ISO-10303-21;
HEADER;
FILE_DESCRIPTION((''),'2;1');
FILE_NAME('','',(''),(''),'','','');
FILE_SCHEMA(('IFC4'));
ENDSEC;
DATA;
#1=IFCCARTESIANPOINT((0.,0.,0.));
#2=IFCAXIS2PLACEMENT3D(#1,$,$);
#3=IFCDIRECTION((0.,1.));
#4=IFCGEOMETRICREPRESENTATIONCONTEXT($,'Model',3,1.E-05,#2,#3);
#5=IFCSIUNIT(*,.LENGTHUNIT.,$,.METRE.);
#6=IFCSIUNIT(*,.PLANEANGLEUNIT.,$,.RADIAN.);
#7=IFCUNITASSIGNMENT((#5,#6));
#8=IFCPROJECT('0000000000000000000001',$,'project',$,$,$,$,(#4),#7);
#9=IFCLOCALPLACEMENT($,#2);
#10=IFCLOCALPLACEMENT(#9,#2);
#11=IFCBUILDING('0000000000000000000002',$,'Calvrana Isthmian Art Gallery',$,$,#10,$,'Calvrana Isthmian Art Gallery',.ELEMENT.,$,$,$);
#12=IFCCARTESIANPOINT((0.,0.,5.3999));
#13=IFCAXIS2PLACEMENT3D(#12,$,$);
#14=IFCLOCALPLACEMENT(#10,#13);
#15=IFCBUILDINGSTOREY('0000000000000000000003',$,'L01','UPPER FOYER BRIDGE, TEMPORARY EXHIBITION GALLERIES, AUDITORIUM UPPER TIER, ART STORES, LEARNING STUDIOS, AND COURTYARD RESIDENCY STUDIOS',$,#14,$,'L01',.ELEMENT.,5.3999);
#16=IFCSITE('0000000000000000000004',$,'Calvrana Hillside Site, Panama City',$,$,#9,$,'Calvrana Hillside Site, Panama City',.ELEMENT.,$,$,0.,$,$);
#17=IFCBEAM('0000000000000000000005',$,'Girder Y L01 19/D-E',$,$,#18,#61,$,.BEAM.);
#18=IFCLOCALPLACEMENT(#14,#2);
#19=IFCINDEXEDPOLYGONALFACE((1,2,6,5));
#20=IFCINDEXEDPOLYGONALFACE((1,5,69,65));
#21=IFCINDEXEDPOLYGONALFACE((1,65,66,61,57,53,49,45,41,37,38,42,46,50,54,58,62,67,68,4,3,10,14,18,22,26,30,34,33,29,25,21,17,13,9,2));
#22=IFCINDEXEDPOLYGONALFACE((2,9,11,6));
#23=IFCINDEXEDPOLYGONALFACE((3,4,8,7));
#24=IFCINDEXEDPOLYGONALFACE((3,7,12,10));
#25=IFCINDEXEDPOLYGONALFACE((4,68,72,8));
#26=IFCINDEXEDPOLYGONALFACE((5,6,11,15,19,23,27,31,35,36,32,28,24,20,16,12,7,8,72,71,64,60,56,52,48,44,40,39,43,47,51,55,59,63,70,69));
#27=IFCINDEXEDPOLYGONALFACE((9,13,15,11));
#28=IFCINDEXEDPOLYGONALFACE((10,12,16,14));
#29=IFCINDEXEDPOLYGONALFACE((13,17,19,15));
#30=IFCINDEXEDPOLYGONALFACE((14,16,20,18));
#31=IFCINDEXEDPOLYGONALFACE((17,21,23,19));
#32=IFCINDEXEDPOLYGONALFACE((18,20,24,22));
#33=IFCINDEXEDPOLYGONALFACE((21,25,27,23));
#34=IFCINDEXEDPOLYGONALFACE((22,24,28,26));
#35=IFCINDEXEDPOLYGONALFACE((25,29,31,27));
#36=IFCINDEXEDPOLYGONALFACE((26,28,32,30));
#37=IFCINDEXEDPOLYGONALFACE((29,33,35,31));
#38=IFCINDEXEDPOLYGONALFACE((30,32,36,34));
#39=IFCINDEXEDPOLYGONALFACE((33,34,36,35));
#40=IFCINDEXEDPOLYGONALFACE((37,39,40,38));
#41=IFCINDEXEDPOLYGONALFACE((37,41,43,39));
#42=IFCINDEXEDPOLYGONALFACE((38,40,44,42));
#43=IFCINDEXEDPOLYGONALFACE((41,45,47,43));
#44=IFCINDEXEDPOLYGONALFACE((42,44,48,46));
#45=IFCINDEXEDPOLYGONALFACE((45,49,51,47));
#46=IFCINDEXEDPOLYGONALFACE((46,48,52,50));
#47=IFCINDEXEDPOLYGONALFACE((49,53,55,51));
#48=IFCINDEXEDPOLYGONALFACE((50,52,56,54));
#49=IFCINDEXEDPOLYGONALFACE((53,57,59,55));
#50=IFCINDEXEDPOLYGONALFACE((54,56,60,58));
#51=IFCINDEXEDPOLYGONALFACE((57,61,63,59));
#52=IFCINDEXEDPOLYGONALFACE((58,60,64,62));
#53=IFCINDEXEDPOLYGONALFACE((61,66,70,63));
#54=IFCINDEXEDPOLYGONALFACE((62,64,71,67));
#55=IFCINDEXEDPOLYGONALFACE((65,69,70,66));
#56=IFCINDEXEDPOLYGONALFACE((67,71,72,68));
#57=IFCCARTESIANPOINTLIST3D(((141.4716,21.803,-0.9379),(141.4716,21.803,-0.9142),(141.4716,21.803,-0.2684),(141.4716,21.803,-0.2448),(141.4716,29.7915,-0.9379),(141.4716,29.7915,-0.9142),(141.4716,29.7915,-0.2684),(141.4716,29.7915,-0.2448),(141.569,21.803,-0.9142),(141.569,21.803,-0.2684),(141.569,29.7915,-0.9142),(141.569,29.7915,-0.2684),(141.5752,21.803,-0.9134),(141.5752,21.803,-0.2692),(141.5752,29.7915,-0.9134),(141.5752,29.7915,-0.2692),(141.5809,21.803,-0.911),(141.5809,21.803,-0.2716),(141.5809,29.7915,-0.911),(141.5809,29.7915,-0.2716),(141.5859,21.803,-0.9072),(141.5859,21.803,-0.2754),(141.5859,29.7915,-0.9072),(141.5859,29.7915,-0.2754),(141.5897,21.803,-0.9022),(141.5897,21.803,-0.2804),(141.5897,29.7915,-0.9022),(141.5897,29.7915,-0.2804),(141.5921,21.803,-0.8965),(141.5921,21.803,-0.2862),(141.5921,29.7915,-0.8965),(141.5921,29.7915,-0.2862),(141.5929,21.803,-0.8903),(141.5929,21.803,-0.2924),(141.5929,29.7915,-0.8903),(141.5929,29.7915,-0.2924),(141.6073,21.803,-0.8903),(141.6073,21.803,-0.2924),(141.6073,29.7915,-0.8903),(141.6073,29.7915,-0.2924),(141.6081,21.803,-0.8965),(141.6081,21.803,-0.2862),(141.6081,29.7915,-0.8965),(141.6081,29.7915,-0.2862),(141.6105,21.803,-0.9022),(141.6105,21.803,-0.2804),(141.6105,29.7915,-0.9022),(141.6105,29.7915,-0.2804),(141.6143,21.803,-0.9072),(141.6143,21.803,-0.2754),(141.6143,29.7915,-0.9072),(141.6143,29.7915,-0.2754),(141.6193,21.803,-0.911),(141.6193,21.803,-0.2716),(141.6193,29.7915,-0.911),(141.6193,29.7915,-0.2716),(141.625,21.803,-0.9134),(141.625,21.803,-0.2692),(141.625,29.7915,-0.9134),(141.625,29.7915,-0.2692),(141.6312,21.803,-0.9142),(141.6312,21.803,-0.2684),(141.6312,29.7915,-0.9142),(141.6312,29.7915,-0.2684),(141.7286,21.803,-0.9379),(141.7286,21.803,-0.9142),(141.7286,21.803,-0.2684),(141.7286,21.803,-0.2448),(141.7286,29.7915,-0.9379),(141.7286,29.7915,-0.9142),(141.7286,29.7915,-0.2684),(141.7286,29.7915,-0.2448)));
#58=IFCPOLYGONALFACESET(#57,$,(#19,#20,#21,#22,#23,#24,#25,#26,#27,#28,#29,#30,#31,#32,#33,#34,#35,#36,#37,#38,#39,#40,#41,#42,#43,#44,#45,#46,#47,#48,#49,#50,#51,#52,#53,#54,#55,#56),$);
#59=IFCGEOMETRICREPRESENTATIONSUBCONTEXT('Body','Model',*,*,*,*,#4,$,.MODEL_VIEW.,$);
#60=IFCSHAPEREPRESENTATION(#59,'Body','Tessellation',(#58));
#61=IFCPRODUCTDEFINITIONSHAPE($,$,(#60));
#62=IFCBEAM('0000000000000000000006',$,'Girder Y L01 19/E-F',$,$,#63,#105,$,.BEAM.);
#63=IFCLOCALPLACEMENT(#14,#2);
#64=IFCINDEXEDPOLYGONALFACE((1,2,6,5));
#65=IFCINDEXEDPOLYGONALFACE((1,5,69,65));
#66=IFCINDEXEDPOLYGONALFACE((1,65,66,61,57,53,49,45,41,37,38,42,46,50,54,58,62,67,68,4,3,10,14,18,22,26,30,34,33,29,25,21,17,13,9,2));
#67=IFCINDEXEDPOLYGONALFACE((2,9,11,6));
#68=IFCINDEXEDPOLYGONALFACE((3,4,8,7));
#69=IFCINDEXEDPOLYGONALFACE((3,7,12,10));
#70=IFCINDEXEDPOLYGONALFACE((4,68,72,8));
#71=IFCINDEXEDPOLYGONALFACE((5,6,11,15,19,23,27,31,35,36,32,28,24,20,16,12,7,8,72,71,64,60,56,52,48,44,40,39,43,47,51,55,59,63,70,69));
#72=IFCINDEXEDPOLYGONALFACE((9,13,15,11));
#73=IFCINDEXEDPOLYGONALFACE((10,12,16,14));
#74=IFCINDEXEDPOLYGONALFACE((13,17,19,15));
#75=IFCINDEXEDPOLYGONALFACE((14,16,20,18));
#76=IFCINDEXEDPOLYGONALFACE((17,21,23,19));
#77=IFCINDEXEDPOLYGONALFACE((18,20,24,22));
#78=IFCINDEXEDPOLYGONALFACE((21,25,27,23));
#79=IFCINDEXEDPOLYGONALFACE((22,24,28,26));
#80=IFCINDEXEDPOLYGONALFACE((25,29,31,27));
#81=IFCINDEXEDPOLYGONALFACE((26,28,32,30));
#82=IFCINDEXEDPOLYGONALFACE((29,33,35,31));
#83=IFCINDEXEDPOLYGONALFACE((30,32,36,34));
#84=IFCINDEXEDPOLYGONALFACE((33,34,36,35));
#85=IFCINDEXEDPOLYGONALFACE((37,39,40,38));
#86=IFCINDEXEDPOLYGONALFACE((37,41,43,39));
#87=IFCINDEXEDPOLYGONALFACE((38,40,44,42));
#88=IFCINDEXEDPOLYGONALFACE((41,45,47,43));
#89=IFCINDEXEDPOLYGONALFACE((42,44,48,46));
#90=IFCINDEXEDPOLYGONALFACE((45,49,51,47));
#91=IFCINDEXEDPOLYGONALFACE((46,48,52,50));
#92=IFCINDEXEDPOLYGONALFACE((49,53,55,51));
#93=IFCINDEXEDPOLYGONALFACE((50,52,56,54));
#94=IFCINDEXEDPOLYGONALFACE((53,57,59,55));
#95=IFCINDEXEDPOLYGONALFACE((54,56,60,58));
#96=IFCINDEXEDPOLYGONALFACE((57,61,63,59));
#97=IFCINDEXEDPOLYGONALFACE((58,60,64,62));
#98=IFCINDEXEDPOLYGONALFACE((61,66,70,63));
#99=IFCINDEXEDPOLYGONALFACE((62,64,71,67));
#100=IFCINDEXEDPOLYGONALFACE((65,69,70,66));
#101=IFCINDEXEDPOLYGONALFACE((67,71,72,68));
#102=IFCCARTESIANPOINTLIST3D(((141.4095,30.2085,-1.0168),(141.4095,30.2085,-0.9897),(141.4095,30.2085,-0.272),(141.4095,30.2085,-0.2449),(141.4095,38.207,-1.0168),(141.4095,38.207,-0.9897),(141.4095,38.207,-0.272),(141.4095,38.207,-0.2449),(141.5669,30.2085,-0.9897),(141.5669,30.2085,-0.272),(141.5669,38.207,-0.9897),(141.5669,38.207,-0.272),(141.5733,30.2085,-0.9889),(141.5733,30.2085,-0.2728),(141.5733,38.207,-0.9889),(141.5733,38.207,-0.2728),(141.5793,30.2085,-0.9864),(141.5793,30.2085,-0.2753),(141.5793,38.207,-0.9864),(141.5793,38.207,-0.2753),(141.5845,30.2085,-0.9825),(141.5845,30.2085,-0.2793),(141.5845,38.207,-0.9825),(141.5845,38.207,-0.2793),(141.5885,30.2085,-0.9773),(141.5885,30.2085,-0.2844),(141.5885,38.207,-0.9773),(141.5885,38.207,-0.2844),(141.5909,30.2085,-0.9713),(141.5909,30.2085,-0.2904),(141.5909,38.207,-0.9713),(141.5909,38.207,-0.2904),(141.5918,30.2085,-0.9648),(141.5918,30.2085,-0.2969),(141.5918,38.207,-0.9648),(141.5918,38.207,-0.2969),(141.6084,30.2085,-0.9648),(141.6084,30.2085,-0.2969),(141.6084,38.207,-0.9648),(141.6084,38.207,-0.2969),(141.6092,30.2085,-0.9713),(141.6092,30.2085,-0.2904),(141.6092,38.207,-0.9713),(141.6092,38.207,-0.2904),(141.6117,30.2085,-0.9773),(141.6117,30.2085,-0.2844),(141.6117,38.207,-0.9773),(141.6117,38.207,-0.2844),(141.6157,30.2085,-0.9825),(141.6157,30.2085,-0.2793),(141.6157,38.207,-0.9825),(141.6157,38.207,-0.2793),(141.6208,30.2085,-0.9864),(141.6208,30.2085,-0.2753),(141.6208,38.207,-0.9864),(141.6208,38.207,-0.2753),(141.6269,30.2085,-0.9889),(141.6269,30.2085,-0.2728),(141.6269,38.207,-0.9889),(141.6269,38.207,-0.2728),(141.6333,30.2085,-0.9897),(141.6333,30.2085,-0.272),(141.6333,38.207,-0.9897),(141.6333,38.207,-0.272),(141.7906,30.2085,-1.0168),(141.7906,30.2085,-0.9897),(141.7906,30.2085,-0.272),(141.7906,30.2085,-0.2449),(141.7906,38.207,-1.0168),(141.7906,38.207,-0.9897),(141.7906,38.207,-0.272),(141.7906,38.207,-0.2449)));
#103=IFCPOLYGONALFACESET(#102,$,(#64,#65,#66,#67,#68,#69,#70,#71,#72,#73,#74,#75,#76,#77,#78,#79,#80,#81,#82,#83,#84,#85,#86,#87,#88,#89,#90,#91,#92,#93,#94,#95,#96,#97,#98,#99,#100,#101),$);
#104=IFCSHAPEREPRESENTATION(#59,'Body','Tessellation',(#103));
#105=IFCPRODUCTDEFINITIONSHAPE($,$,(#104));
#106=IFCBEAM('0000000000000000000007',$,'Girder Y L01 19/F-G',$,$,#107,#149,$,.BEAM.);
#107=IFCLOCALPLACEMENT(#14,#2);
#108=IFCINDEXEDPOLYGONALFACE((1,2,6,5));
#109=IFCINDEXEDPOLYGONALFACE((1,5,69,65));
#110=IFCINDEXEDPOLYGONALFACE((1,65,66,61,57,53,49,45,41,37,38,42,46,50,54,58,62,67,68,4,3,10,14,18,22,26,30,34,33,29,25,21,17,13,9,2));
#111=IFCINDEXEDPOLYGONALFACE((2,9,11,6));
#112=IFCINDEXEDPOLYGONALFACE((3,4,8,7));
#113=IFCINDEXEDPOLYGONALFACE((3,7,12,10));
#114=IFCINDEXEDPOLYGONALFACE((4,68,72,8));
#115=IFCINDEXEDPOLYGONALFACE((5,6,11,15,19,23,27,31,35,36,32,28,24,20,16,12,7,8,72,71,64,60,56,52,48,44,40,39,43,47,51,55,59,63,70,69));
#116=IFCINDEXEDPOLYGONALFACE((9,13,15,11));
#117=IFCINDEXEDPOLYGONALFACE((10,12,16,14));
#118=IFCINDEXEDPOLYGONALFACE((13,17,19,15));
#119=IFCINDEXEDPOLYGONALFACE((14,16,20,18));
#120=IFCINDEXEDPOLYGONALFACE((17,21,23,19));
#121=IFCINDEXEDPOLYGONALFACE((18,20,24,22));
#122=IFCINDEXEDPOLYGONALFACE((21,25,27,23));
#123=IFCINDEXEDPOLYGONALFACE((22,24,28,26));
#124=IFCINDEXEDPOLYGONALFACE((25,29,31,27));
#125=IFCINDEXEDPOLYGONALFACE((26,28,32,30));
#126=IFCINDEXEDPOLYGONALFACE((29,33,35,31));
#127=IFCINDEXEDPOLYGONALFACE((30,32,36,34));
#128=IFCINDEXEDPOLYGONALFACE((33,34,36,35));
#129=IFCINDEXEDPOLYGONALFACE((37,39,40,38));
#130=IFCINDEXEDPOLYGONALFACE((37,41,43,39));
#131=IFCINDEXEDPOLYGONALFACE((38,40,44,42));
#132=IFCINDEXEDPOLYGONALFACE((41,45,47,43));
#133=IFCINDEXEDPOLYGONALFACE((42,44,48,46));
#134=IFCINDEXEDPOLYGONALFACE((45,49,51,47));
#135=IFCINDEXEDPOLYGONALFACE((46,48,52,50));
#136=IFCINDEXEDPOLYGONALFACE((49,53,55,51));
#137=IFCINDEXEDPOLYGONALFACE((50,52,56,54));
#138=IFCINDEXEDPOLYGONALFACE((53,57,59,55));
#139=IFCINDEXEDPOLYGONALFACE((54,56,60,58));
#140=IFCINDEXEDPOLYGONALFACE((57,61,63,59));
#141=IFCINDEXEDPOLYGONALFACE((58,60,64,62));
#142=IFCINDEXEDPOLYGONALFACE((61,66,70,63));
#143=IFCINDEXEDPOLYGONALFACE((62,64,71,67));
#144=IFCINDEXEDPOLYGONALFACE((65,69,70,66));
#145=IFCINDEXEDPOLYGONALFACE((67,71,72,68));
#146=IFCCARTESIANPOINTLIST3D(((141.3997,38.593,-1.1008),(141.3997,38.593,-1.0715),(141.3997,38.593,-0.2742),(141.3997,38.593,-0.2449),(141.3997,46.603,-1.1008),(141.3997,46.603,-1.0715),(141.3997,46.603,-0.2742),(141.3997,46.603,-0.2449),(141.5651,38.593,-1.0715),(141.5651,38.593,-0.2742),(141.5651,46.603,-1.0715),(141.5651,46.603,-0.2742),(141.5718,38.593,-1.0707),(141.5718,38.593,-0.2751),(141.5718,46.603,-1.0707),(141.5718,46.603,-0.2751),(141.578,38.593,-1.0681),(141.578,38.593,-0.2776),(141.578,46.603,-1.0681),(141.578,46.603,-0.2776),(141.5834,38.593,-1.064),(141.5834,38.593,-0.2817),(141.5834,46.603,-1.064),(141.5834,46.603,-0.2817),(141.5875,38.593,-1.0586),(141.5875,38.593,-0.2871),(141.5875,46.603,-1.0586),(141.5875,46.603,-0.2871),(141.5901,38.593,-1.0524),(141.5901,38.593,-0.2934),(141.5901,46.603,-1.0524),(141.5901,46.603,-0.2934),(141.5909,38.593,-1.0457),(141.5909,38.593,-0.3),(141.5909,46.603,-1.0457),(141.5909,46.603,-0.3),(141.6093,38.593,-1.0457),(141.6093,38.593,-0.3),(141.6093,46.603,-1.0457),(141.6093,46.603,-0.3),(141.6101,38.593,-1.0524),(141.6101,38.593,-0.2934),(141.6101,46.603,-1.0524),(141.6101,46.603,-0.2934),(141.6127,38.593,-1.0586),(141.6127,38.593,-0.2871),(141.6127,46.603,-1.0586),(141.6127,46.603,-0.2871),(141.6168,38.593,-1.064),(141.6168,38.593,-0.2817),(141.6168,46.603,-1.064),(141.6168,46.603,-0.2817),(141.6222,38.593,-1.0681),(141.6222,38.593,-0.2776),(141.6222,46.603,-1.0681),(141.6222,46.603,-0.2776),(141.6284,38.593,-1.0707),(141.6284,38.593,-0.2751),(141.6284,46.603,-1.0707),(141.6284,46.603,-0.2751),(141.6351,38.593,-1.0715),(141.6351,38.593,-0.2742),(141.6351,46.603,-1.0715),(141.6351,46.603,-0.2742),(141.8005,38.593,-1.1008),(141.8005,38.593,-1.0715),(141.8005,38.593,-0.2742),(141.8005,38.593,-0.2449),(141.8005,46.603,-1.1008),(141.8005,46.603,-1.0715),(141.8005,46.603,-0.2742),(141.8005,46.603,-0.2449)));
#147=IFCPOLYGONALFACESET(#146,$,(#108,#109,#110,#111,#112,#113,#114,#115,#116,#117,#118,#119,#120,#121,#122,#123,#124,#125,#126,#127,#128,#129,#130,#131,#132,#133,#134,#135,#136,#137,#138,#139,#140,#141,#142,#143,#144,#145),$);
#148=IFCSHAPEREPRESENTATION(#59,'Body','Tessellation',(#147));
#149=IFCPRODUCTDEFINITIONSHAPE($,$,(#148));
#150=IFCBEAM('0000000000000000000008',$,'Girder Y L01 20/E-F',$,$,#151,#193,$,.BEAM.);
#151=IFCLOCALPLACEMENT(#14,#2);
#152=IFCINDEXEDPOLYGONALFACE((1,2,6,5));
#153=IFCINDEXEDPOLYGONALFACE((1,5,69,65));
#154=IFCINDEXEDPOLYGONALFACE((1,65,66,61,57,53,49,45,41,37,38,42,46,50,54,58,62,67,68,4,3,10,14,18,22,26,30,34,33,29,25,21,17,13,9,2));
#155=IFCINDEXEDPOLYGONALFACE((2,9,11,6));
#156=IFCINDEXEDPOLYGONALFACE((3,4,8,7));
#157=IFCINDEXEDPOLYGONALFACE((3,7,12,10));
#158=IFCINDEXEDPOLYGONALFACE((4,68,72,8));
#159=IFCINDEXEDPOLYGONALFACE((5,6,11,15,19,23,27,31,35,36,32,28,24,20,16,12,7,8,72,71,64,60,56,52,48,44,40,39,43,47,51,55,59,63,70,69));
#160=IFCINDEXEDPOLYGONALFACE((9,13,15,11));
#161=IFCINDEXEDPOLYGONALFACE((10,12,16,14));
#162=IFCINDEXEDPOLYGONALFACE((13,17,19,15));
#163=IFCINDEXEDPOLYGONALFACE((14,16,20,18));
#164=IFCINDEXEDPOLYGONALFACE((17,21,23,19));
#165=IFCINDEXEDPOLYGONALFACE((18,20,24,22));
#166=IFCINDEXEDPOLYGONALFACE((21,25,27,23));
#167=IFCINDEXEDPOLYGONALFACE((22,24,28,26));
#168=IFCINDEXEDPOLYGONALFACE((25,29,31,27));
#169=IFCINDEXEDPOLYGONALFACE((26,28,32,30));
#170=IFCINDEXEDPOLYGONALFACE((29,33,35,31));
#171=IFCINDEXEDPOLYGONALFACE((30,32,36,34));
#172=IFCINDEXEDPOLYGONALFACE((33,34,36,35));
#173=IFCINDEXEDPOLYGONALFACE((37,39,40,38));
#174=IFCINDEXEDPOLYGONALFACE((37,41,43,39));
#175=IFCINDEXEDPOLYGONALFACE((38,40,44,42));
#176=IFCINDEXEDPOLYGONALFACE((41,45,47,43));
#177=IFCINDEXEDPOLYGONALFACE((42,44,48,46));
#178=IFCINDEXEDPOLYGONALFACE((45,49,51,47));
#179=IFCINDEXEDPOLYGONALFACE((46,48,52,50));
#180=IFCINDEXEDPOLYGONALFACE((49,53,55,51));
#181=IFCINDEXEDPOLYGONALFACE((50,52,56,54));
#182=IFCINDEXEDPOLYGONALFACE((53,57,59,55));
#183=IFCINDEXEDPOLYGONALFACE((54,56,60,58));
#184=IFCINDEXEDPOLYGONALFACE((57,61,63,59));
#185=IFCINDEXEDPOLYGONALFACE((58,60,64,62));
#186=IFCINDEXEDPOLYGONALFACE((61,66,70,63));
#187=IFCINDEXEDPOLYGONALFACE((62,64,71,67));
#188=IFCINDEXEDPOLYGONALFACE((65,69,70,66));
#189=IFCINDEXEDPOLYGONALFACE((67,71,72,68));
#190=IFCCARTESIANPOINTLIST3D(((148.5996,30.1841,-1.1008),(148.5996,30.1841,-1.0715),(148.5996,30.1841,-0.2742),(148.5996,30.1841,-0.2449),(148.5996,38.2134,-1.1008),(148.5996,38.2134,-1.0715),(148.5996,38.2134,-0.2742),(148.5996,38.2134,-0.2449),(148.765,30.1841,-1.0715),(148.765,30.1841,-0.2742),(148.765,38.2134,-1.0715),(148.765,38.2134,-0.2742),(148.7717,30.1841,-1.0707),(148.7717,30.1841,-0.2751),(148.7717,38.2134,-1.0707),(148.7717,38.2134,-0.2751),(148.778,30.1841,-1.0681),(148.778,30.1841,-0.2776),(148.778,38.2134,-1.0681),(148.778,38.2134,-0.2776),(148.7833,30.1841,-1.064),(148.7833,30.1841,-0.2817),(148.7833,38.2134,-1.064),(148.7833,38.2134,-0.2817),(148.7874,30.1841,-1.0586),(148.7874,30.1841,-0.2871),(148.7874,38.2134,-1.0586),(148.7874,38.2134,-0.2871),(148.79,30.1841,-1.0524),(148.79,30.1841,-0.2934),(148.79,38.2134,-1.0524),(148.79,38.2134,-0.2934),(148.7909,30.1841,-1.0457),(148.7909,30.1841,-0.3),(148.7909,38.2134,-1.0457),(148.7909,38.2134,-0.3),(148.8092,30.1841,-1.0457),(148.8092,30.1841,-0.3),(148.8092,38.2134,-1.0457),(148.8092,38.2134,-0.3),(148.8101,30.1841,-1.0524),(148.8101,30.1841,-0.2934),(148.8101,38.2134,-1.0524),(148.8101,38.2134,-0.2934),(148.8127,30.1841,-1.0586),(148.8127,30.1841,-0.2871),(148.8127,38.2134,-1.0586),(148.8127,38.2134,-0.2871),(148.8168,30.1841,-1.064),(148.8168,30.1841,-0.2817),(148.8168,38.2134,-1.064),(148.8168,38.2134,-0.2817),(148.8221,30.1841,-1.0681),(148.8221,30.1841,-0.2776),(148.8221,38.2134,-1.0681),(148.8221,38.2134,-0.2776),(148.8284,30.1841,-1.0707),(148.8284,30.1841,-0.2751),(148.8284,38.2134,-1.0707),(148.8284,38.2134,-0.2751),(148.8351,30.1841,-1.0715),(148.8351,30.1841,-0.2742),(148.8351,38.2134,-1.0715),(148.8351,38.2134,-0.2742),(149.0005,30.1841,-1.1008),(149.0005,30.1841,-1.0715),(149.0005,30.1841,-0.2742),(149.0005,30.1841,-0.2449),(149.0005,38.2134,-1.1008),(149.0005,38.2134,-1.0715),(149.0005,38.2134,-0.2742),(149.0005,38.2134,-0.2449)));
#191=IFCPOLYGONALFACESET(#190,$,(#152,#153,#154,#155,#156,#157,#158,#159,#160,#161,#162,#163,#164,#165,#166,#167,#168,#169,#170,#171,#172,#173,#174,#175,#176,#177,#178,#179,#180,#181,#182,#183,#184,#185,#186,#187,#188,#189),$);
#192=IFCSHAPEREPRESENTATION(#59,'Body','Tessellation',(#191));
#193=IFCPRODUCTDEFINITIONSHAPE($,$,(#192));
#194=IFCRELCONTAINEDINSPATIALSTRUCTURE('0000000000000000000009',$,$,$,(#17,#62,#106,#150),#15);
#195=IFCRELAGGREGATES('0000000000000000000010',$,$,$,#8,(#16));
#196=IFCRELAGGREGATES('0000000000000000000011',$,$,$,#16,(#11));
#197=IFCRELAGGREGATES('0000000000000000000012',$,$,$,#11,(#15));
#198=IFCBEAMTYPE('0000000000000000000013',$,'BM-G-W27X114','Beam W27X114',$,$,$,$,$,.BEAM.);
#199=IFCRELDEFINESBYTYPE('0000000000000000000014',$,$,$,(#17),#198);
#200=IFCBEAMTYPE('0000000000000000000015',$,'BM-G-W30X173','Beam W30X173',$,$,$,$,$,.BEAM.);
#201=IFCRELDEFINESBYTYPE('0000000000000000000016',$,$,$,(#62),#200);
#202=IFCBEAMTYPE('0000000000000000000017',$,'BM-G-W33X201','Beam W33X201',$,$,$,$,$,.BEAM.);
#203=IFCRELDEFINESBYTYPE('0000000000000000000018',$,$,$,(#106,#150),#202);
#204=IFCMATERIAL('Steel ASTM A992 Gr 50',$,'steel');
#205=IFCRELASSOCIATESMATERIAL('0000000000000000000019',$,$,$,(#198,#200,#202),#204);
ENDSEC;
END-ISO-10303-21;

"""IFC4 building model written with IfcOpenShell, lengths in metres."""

from ifc_helpers import new_model, si_unit, direction, frame, origin, origin_2d, place, context, subcontext, project, spatial, i_section, extrude, material, material_profile, profile_set, type_object, element, save


model = new_model("IFC4")

# Units and contexts
model_context = context("Model", 3, precision=1e-05, world=origin(), true_north=direction((0.0, 1.0)))
body_context = subcontext(model_context, "Body", "Model", "MODEL_VIEW")
ifc_project = project(units=[si_unit("LENGTHUNIT", "METRE"), si_unit("PLANEANGLEUNIT", "RADIAN")], contexts=[model_context])

# Site, building, storey
site_placement = place(None, origin())
site = spatial("IfcSite", under=ifc_project, at=site_placement, Name="Calvrana Hillside Site, Panama City", LongName="Calvrana Hillside Site, Panama City", CompositionType="ELEMENT", RefElevation=0.0)
building_placement = place(site_placement, origin())
building = spatial("IfcBuilding", under=site, at=building_placement, Name="Calvrana Isthmian Art Gallery", LongName="Calvrana Isthmian Art Gallery", CompositionType="ELEMENT")
storey_placement = place(building_placement, frame((0.0, 0.0, 5.3999)))
storey = spatial("IfcBuildingStorey", under=building, at=storey_placement, Name="L01", Description="UPPER FOYER BRIDGE, TEMPORARY EXHIBITION GALLERIES, AUDITORIUM UPPER TIER, ART STORES, LEARNING STUDIOS, AND COURTYARD RESIDENCY STUDIOS", LongName="L01", CompositionType="ELEMENT", Elevation=5.3999)

# Shared definitions
ifc_material_1 = material(Name="Steel ASTM A992 Gr 50", Category="steel")

# Beams
ifc_material_profile_1 = material_profile(ifc_material_1, i_section(OverallWidth=0.2571, OverallDepth=0.6931, WebThickness=0.0144, FlangeThickness=0.0237, FilletRadius=0.0239, at=origin_2d()), Name="W27X114")
ifc_profile_set_1 = profile_set([ifc_material_profile_1], Name="Steel ASTM A992 Gr 50")
beam_type_1 = type_object("IfcBeamType", Name="BM-G-W27X114", Description="Beam W27X114", PredefinedType="BEAM", material=ifc_profile_set_1)
beam_1_placement = place(storey_placement, frame((141.6001, 21.803, -0.5913), z_axis=(0.0, 1.0, 0.0), x_axis=(-1.0, 0.0, 0.0)))
element("IfcBeam", 1, at=beam_1_placement, inside=storey, type_object=beam_type_1, Name="Girder Y L01 19/D-E", PredefinedType="BEAM", context=body_context, shape_type="SweptSolid", body=[
    extrude(i_section(OverallWidth=0.2571, OverallDepth=0.6931, WebThickness=0.0144, FlangeThickness=0.0237, FilletRadius=0.0239, at=origin_2d()), origin(), (0.0, 0.0, 1.0), 7.9885),
])
ifc_material_profile_2 = material_profile(ifc_material_1, i_section(OverallWidth=0.3811, OverallDepth=0.772, WebThickness=0.0166, FlangeThickness=0.0271, FilletRadius=0.0249, at=origin_2d()), Name="W30X173")
ifc_profile_set_2 = profile_set([ifc_material_profile_2], Name="Steel ASTM A992 Gr 50")
beam_type_2 = type_object("IfcBeamType", Name="BM-G-W30X173", Description="Beam W30X173", PredefinedType="BEAM", material=ifc_profile_set_2)
beam_2_placement = place(storey_placement, frame((141.6001, 30.2085, -0.6309), z_axis=(0.0, 1.0, 0.0), x_axis=(-1.0, 0.0, 0.0)))
element("IfcBeam", 2, at=beam_2_placement, inside=storey, type_object=beam_type_2, Name="Girder Y L01 19/E-F", PredefinedType="BEAM", context=body_context, shape_type="SweptSolid", body=[
    extrude(i_section(OverallWidth=0.3811, OverallDepth=0.772, WebThickness=0.0166, FlangeThickness=0.0271, FilletRadius=0.0249, at=origin_2d()), origin(), (0.0, 0.0, 1.0), 7.9985),
])
ifc_material_profile_3 = material_profile(ifc_material_1, i_section(OverallWidth=0.4009, OverallDepth=0.856, WebThickness=0.0183, FlangeThickness=0.0293, FilletRadius=0.0259, at=origin_2d()), Name="W33X201")
ifc_profile_set_3 = profile_set([ifc_material_profile_3], Name="Steel ASTM A992 Gr 50")
beam_type_3 = type_object("IfcBeamType", Name="BM-G-W33X201", Description="Beam W33X201", PredefinedType="BEAM", material=ifc_profile_set_3)
beam_3_placement = place(storey_placement, frame((141.6001, 38.593, -0.6729), z_axis=(0.0, 1.0, 0.0), x_axis=(-1.0, 0.0, 0.0)))
element("IfcBeam", 3, at=beam_3_placement, inside=storey, type_object=beam_type_3, Name="Girder Y L01 19/F-G", PredefinedType="BEAM", context=body_context, shape_type="SweptSolid", body=[
    extrude(i_section(OverallWidth=0.4009, OverallDepth=0.856, WebThickness=0.0183, FlangeThickness=0.0293, FilletRadius=0.0259, at=origin_2d()), origin(), (0.0, 0.0, 1.0), 8.01),
])
beam_4_placement = place(storey_placement, frame((148.8, 30.1841, -0.6729), z_axis=(0.0, 1.0, 0.0), x_axis=(-1.0, 0.0, 0.0)))
element("IfcBeam", 4, at=beam_4_placement, inside=storey, type_object=beam_type_3, Name="Girder Y L01 20/E-F", PredefinedType="BEAM", context=body_context, shape_type="SweptSolid", body=[
    extrude(i_section(OverallWidth=0.4009, OverallDepth=0.856, WebThickness=0.0183, FlangeThickness=0.0293, FilletRadius=0.0259, at=origin_2d()), origin(), (0.0, 0.0, 1.0), 8.0293),
])

save(model, "model.ifc")
